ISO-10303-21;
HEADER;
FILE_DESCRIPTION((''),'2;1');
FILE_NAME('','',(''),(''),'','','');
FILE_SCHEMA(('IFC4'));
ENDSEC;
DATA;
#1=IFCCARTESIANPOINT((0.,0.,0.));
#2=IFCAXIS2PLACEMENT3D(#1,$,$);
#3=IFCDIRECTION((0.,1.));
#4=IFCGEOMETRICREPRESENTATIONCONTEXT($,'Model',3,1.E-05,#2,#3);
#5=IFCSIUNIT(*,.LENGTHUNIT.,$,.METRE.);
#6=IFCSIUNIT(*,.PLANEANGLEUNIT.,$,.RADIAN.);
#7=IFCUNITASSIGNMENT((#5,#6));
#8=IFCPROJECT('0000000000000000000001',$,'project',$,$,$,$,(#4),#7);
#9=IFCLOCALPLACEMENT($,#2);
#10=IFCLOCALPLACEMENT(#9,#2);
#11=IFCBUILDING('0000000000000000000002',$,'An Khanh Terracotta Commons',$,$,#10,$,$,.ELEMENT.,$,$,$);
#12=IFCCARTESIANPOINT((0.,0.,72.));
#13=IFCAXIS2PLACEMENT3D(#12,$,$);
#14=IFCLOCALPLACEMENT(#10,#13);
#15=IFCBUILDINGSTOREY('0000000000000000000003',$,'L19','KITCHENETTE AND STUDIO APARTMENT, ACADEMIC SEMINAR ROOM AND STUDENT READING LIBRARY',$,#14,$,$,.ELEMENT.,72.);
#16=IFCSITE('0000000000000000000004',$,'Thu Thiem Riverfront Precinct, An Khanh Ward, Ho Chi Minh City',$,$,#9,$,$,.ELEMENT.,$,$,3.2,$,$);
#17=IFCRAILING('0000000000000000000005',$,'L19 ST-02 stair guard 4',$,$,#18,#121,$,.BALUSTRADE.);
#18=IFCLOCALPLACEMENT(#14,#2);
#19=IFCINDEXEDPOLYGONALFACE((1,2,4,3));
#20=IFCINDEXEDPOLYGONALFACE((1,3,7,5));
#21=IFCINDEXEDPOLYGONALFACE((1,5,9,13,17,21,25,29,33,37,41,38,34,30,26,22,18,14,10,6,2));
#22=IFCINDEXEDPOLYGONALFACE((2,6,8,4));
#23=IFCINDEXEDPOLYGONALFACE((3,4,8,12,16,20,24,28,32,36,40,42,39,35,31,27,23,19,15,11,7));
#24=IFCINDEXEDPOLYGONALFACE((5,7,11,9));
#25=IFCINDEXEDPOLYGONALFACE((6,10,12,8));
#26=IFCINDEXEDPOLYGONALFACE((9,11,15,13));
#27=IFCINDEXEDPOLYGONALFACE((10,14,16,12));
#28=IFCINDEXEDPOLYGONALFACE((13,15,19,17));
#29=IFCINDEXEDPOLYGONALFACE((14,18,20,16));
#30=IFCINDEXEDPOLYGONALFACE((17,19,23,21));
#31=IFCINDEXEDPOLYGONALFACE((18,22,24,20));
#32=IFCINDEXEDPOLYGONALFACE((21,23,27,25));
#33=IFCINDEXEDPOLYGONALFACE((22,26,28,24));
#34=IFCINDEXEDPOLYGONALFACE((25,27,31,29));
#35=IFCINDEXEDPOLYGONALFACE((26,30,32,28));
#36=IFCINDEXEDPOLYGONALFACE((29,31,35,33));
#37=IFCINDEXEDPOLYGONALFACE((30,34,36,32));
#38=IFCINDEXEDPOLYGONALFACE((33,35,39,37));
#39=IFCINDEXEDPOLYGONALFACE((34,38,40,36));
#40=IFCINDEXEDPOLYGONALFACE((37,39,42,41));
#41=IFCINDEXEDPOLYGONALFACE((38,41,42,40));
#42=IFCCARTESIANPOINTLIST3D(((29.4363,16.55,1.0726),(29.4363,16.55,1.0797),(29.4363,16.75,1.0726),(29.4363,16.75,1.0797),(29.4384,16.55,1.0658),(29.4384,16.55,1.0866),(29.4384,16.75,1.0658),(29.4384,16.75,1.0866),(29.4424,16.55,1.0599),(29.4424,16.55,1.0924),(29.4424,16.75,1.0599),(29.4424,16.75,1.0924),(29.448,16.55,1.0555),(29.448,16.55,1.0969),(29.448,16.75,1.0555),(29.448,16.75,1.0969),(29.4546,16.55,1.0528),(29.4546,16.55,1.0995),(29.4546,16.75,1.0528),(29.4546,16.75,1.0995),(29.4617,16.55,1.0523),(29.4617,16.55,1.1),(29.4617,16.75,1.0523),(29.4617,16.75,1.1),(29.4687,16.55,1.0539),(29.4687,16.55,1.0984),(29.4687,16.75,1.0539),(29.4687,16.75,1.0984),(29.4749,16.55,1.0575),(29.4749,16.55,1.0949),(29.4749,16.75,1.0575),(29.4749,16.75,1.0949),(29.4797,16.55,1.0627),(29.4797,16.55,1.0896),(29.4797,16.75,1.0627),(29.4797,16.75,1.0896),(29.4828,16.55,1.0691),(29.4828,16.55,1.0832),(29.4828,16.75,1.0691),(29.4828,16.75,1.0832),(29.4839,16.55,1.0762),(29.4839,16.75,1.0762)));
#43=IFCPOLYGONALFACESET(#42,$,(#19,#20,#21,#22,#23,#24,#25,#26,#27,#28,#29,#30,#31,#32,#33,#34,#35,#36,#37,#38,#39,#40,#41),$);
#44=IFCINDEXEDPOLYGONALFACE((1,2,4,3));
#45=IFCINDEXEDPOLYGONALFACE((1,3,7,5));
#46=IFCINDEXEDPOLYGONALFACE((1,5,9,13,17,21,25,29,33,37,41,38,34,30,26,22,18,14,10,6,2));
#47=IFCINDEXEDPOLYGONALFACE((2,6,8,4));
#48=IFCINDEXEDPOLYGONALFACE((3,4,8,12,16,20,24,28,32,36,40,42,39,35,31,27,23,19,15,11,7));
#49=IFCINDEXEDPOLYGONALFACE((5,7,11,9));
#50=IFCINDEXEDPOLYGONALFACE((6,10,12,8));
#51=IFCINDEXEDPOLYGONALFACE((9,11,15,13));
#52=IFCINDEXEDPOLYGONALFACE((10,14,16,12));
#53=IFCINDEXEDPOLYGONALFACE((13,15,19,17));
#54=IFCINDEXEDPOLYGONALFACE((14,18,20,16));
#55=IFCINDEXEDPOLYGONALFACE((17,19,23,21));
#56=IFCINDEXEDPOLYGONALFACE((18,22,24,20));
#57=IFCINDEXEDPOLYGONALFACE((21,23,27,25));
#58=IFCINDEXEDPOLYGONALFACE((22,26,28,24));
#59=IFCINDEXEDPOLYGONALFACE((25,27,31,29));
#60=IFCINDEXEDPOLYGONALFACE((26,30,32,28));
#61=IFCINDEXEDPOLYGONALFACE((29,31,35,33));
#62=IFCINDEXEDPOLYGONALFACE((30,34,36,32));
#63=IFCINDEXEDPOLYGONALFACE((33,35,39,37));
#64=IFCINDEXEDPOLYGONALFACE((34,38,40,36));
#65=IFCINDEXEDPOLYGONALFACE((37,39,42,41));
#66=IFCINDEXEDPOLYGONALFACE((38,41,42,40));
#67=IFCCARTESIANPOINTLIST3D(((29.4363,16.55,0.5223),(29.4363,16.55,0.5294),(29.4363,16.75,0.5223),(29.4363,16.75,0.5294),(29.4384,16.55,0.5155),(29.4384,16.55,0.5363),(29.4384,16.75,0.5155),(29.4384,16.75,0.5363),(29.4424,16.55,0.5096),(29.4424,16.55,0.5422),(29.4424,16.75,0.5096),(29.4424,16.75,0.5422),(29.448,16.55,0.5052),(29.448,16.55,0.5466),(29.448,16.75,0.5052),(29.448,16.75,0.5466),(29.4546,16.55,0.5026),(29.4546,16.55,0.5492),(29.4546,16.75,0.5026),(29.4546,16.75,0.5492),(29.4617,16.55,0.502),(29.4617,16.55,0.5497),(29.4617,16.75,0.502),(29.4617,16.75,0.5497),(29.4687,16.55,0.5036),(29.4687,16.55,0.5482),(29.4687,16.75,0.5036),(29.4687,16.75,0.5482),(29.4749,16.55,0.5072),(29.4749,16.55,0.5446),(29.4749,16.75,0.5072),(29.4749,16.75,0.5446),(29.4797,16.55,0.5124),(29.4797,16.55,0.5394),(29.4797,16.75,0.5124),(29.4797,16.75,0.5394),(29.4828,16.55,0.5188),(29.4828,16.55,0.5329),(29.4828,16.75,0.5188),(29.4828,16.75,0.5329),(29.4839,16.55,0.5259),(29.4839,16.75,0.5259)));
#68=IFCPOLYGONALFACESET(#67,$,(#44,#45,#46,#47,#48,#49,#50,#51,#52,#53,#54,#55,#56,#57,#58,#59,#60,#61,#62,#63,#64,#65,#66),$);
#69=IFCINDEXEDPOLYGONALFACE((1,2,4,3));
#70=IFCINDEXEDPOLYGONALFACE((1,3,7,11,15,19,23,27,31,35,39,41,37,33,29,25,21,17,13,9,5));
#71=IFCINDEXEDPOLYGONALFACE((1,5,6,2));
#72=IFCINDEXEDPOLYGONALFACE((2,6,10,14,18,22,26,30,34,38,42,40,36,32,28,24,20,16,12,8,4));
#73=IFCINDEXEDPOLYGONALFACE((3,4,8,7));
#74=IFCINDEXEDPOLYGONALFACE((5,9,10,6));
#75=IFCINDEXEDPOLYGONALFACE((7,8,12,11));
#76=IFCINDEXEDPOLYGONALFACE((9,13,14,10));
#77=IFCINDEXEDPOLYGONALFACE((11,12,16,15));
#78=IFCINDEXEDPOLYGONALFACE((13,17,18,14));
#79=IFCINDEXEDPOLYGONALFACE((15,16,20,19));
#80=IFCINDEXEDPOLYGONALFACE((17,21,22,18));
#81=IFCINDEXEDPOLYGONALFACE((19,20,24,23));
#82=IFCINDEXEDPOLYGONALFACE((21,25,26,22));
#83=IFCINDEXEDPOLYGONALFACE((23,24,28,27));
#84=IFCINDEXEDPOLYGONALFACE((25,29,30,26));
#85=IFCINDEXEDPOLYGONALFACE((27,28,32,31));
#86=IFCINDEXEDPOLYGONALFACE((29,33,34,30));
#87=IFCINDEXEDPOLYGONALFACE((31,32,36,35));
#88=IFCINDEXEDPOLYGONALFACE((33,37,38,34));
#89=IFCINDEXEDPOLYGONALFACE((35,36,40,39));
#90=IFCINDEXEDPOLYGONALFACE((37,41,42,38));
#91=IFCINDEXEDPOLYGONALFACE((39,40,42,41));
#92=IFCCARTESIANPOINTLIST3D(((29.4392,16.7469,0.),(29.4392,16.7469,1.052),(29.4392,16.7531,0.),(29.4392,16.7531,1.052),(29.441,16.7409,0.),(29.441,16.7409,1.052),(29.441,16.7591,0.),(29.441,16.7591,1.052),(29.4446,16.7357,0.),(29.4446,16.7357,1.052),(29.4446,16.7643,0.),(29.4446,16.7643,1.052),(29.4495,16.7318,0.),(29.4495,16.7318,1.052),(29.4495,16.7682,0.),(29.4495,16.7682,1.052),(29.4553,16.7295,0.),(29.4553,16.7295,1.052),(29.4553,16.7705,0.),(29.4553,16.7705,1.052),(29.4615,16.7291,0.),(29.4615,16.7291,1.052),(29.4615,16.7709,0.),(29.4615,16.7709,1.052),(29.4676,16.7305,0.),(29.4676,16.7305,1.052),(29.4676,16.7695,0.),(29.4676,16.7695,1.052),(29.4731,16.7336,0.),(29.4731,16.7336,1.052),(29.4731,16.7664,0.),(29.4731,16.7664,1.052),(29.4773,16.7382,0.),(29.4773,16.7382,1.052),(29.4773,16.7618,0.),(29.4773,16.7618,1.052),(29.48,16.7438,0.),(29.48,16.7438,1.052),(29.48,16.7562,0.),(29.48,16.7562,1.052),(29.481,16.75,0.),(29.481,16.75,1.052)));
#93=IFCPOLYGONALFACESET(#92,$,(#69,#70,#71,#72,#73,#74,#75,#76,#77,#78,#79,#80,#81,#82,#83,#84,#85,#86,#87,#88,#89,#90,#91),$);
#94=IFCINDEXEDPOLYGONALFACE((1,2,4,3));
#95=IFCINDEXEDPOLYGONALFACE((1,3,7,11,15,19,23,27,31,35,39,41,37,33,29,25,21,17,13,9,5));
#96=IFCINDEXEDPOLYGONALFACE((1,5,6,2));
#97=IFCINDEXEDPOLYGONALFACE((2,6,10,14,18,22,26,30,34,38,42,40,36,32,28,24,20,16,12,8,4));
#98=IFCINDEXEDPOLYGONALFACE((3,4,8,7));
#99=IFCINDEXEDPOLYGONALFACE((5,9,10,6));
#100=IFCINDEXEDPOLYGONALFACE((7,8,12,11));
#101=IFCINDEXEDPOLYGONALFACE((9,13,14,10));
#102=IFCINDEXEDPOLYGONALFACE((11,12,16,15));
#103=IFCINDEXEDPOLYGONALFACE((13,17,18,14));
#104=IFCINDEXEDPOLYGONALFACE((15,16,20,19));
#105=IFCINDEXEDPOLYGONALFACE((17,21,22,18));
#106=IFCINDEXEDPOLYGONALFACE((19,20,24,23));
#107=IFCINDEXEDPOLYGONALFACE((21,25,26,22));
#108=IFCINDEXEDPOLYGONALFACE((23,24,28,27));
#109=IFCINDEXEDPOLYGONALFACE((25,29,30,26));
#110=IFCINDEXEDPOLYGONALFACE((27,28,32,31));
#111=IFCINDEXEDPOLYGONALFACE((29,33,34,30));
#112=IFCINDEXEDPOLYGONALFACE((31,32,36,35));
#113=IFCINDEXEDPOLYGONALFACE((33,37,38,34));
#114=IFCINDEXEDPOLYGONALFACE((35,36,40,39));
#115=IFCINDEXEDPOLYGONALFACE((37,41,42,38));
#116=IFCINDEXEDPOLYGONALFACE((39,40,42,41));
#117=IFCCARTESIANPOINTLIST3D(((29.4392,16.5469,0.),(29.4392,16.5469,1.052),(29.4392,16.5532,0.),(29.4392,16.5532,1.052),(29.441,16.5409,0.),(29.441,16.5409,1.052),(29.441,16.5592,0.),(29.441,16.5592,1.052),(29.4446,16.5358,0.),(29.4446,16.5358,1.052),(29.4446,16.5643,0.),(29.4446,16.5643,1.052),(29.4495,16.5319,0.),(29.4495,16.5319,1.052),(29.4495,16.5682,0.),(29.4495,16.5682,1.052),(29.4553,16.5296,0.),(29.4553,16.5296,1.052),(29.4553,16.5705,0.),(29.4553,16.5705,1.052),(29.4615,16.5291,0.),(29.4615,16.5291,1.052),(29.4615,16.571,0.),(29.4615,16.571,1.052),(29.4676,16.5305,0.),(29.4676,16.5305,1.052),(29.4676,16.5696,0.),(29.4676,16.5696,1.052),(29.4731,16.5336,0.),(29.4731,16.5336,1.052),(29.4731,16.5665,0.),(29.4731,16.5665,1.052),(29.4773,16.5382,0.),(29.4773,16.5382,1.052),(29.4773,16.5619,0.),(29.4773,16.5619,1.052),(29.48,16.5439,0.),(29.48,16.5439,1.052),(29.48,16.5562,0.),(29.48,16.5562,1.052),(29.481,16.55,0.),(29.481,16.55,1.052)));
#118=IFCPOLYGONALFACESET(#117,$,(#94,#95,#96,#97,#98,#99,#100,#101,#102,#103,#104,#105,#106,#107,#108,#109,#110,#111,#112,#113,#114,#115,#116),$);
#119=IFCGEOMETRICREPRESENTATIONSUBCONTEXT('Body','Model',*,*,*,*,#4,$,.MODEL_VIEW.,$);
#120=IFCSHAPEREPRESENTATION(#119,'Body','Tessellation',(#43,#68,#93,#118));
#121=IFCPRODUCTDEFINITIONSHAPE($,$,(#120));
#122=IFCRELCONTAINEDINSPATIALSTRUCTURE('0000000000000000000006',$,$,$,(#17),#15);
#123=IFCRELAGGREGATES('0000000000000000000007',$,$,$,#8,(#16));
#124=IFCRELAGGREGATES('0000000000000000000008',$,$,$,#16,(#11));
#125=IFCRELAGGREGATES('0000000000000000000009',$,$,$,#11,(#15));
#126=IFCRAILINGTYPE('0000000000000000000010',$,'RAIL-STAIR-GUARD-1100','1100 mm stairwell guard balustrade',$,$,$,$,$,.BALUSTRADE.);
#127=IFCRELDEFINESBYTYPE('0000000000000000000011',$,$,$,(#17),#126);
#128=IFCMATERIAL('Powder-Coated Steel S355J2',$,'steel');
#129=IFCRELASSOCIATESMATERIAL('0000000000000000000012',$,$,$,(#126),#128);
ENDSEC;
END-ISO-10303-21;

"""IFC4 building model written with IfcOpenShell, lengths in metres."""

from ifc_helpers import new_model, si_unit, direction, frame, origin, origin_2d, place, context, subcontext, project, spatial, circle, extrude, material, type_object, element, save


model = new_model("IFC4")

# Units and contexts
model_context = context("Model", 3, precision=1e-05, world=origin(), true_north=direction((0.0, 1.0)))
body_context = subcontext(model_context, "Body", "Model", "MODEL_VIEW")
ifc_project = project(units=[si_unit("LENGTHUNIT", "METRE"), si_unit("PLANEANGLEUNIT", "RADIAN")], contexts=[model_context])

# Site, building, storey
site_placement = place(None, origin())
site = spatial("IfcSite", under=ifc_project, at=site_placement, Name="Thu Thiem Riverfront Precinct, An Khanh Ward, Ho Chi Minh City", CompositionType="ELEMENT", RefElevation=3.2)
building_placement = place(site_placement, origin())
building = spatial("IfcBuilding", under=site, at=building_placement, Name="An Khanh Terracotta Commons", CompositionType="ELEMENT")
storey_placement = place(building_placement, frame((0.0, 0.0, 72.0)))
storey = spatial("IfcBuildingStorey", under=building, at=storey_placement, Name="L19", Description="KITCHENETTE AND STUDIO APARTMENT, ACADEMIC SEMINAR ROOM AND STUDENT READING LIBRARY", CompositionType="ELEMENT", Elevation=72.0)

# Railing
ifc_material_1 = material(Name="Powder-Coated Steel S355J2", Category="steel")
railing_type_1 = type_object("IfcRailingType", Name="RAIL-STAIR-GUARD-1100", Description="1100 mm stairwell guard balustrade", PredefinedType="BALUSTRADE", material=ifc_material_1)
railing_1_placement = place(storey_placement, frame((29.46, 16.75, 0.0)))
element("IfcRailing", 1, at=railing_1_placement, inside=storey, type_object=railing_type_1, Name="L19 ST-02 stair guard 4", PredefinedType="BALUSTRADE", context=body_context, shape_type="SweptSolid", body=[
    extrude(circle(Radius=0.0239, at=origin_2d()), frame((0.0, 0.0, 1.0762), z_axis=(0.0, -1.0, 0.0), x_axis=(1.0, 0.0, 0.0)), (0.0, 0.0, 1.0), 0.2),
    extrude(circle(Radius=0.0239, at=origin_2d()), frame((0.0, 0.0, 0.5259), z_axis=(0.0, -1.0, 0.0), x_axis=(1.0, 0.0, 0.0)), (0.0, 0.0, 1.0), 0.2),
    extrude(circle(Radius=0.021, at=origin_2d()), origin(), (0.0, 0.0, 1.0), 1.052),
    extrude(circle(Radius=0.021, at=origin_2d()), frame((0.0, -0.2, 0.0)), (0.0, 0.0, 1.0), 1.052),
])

save(model, "model.ifc")
